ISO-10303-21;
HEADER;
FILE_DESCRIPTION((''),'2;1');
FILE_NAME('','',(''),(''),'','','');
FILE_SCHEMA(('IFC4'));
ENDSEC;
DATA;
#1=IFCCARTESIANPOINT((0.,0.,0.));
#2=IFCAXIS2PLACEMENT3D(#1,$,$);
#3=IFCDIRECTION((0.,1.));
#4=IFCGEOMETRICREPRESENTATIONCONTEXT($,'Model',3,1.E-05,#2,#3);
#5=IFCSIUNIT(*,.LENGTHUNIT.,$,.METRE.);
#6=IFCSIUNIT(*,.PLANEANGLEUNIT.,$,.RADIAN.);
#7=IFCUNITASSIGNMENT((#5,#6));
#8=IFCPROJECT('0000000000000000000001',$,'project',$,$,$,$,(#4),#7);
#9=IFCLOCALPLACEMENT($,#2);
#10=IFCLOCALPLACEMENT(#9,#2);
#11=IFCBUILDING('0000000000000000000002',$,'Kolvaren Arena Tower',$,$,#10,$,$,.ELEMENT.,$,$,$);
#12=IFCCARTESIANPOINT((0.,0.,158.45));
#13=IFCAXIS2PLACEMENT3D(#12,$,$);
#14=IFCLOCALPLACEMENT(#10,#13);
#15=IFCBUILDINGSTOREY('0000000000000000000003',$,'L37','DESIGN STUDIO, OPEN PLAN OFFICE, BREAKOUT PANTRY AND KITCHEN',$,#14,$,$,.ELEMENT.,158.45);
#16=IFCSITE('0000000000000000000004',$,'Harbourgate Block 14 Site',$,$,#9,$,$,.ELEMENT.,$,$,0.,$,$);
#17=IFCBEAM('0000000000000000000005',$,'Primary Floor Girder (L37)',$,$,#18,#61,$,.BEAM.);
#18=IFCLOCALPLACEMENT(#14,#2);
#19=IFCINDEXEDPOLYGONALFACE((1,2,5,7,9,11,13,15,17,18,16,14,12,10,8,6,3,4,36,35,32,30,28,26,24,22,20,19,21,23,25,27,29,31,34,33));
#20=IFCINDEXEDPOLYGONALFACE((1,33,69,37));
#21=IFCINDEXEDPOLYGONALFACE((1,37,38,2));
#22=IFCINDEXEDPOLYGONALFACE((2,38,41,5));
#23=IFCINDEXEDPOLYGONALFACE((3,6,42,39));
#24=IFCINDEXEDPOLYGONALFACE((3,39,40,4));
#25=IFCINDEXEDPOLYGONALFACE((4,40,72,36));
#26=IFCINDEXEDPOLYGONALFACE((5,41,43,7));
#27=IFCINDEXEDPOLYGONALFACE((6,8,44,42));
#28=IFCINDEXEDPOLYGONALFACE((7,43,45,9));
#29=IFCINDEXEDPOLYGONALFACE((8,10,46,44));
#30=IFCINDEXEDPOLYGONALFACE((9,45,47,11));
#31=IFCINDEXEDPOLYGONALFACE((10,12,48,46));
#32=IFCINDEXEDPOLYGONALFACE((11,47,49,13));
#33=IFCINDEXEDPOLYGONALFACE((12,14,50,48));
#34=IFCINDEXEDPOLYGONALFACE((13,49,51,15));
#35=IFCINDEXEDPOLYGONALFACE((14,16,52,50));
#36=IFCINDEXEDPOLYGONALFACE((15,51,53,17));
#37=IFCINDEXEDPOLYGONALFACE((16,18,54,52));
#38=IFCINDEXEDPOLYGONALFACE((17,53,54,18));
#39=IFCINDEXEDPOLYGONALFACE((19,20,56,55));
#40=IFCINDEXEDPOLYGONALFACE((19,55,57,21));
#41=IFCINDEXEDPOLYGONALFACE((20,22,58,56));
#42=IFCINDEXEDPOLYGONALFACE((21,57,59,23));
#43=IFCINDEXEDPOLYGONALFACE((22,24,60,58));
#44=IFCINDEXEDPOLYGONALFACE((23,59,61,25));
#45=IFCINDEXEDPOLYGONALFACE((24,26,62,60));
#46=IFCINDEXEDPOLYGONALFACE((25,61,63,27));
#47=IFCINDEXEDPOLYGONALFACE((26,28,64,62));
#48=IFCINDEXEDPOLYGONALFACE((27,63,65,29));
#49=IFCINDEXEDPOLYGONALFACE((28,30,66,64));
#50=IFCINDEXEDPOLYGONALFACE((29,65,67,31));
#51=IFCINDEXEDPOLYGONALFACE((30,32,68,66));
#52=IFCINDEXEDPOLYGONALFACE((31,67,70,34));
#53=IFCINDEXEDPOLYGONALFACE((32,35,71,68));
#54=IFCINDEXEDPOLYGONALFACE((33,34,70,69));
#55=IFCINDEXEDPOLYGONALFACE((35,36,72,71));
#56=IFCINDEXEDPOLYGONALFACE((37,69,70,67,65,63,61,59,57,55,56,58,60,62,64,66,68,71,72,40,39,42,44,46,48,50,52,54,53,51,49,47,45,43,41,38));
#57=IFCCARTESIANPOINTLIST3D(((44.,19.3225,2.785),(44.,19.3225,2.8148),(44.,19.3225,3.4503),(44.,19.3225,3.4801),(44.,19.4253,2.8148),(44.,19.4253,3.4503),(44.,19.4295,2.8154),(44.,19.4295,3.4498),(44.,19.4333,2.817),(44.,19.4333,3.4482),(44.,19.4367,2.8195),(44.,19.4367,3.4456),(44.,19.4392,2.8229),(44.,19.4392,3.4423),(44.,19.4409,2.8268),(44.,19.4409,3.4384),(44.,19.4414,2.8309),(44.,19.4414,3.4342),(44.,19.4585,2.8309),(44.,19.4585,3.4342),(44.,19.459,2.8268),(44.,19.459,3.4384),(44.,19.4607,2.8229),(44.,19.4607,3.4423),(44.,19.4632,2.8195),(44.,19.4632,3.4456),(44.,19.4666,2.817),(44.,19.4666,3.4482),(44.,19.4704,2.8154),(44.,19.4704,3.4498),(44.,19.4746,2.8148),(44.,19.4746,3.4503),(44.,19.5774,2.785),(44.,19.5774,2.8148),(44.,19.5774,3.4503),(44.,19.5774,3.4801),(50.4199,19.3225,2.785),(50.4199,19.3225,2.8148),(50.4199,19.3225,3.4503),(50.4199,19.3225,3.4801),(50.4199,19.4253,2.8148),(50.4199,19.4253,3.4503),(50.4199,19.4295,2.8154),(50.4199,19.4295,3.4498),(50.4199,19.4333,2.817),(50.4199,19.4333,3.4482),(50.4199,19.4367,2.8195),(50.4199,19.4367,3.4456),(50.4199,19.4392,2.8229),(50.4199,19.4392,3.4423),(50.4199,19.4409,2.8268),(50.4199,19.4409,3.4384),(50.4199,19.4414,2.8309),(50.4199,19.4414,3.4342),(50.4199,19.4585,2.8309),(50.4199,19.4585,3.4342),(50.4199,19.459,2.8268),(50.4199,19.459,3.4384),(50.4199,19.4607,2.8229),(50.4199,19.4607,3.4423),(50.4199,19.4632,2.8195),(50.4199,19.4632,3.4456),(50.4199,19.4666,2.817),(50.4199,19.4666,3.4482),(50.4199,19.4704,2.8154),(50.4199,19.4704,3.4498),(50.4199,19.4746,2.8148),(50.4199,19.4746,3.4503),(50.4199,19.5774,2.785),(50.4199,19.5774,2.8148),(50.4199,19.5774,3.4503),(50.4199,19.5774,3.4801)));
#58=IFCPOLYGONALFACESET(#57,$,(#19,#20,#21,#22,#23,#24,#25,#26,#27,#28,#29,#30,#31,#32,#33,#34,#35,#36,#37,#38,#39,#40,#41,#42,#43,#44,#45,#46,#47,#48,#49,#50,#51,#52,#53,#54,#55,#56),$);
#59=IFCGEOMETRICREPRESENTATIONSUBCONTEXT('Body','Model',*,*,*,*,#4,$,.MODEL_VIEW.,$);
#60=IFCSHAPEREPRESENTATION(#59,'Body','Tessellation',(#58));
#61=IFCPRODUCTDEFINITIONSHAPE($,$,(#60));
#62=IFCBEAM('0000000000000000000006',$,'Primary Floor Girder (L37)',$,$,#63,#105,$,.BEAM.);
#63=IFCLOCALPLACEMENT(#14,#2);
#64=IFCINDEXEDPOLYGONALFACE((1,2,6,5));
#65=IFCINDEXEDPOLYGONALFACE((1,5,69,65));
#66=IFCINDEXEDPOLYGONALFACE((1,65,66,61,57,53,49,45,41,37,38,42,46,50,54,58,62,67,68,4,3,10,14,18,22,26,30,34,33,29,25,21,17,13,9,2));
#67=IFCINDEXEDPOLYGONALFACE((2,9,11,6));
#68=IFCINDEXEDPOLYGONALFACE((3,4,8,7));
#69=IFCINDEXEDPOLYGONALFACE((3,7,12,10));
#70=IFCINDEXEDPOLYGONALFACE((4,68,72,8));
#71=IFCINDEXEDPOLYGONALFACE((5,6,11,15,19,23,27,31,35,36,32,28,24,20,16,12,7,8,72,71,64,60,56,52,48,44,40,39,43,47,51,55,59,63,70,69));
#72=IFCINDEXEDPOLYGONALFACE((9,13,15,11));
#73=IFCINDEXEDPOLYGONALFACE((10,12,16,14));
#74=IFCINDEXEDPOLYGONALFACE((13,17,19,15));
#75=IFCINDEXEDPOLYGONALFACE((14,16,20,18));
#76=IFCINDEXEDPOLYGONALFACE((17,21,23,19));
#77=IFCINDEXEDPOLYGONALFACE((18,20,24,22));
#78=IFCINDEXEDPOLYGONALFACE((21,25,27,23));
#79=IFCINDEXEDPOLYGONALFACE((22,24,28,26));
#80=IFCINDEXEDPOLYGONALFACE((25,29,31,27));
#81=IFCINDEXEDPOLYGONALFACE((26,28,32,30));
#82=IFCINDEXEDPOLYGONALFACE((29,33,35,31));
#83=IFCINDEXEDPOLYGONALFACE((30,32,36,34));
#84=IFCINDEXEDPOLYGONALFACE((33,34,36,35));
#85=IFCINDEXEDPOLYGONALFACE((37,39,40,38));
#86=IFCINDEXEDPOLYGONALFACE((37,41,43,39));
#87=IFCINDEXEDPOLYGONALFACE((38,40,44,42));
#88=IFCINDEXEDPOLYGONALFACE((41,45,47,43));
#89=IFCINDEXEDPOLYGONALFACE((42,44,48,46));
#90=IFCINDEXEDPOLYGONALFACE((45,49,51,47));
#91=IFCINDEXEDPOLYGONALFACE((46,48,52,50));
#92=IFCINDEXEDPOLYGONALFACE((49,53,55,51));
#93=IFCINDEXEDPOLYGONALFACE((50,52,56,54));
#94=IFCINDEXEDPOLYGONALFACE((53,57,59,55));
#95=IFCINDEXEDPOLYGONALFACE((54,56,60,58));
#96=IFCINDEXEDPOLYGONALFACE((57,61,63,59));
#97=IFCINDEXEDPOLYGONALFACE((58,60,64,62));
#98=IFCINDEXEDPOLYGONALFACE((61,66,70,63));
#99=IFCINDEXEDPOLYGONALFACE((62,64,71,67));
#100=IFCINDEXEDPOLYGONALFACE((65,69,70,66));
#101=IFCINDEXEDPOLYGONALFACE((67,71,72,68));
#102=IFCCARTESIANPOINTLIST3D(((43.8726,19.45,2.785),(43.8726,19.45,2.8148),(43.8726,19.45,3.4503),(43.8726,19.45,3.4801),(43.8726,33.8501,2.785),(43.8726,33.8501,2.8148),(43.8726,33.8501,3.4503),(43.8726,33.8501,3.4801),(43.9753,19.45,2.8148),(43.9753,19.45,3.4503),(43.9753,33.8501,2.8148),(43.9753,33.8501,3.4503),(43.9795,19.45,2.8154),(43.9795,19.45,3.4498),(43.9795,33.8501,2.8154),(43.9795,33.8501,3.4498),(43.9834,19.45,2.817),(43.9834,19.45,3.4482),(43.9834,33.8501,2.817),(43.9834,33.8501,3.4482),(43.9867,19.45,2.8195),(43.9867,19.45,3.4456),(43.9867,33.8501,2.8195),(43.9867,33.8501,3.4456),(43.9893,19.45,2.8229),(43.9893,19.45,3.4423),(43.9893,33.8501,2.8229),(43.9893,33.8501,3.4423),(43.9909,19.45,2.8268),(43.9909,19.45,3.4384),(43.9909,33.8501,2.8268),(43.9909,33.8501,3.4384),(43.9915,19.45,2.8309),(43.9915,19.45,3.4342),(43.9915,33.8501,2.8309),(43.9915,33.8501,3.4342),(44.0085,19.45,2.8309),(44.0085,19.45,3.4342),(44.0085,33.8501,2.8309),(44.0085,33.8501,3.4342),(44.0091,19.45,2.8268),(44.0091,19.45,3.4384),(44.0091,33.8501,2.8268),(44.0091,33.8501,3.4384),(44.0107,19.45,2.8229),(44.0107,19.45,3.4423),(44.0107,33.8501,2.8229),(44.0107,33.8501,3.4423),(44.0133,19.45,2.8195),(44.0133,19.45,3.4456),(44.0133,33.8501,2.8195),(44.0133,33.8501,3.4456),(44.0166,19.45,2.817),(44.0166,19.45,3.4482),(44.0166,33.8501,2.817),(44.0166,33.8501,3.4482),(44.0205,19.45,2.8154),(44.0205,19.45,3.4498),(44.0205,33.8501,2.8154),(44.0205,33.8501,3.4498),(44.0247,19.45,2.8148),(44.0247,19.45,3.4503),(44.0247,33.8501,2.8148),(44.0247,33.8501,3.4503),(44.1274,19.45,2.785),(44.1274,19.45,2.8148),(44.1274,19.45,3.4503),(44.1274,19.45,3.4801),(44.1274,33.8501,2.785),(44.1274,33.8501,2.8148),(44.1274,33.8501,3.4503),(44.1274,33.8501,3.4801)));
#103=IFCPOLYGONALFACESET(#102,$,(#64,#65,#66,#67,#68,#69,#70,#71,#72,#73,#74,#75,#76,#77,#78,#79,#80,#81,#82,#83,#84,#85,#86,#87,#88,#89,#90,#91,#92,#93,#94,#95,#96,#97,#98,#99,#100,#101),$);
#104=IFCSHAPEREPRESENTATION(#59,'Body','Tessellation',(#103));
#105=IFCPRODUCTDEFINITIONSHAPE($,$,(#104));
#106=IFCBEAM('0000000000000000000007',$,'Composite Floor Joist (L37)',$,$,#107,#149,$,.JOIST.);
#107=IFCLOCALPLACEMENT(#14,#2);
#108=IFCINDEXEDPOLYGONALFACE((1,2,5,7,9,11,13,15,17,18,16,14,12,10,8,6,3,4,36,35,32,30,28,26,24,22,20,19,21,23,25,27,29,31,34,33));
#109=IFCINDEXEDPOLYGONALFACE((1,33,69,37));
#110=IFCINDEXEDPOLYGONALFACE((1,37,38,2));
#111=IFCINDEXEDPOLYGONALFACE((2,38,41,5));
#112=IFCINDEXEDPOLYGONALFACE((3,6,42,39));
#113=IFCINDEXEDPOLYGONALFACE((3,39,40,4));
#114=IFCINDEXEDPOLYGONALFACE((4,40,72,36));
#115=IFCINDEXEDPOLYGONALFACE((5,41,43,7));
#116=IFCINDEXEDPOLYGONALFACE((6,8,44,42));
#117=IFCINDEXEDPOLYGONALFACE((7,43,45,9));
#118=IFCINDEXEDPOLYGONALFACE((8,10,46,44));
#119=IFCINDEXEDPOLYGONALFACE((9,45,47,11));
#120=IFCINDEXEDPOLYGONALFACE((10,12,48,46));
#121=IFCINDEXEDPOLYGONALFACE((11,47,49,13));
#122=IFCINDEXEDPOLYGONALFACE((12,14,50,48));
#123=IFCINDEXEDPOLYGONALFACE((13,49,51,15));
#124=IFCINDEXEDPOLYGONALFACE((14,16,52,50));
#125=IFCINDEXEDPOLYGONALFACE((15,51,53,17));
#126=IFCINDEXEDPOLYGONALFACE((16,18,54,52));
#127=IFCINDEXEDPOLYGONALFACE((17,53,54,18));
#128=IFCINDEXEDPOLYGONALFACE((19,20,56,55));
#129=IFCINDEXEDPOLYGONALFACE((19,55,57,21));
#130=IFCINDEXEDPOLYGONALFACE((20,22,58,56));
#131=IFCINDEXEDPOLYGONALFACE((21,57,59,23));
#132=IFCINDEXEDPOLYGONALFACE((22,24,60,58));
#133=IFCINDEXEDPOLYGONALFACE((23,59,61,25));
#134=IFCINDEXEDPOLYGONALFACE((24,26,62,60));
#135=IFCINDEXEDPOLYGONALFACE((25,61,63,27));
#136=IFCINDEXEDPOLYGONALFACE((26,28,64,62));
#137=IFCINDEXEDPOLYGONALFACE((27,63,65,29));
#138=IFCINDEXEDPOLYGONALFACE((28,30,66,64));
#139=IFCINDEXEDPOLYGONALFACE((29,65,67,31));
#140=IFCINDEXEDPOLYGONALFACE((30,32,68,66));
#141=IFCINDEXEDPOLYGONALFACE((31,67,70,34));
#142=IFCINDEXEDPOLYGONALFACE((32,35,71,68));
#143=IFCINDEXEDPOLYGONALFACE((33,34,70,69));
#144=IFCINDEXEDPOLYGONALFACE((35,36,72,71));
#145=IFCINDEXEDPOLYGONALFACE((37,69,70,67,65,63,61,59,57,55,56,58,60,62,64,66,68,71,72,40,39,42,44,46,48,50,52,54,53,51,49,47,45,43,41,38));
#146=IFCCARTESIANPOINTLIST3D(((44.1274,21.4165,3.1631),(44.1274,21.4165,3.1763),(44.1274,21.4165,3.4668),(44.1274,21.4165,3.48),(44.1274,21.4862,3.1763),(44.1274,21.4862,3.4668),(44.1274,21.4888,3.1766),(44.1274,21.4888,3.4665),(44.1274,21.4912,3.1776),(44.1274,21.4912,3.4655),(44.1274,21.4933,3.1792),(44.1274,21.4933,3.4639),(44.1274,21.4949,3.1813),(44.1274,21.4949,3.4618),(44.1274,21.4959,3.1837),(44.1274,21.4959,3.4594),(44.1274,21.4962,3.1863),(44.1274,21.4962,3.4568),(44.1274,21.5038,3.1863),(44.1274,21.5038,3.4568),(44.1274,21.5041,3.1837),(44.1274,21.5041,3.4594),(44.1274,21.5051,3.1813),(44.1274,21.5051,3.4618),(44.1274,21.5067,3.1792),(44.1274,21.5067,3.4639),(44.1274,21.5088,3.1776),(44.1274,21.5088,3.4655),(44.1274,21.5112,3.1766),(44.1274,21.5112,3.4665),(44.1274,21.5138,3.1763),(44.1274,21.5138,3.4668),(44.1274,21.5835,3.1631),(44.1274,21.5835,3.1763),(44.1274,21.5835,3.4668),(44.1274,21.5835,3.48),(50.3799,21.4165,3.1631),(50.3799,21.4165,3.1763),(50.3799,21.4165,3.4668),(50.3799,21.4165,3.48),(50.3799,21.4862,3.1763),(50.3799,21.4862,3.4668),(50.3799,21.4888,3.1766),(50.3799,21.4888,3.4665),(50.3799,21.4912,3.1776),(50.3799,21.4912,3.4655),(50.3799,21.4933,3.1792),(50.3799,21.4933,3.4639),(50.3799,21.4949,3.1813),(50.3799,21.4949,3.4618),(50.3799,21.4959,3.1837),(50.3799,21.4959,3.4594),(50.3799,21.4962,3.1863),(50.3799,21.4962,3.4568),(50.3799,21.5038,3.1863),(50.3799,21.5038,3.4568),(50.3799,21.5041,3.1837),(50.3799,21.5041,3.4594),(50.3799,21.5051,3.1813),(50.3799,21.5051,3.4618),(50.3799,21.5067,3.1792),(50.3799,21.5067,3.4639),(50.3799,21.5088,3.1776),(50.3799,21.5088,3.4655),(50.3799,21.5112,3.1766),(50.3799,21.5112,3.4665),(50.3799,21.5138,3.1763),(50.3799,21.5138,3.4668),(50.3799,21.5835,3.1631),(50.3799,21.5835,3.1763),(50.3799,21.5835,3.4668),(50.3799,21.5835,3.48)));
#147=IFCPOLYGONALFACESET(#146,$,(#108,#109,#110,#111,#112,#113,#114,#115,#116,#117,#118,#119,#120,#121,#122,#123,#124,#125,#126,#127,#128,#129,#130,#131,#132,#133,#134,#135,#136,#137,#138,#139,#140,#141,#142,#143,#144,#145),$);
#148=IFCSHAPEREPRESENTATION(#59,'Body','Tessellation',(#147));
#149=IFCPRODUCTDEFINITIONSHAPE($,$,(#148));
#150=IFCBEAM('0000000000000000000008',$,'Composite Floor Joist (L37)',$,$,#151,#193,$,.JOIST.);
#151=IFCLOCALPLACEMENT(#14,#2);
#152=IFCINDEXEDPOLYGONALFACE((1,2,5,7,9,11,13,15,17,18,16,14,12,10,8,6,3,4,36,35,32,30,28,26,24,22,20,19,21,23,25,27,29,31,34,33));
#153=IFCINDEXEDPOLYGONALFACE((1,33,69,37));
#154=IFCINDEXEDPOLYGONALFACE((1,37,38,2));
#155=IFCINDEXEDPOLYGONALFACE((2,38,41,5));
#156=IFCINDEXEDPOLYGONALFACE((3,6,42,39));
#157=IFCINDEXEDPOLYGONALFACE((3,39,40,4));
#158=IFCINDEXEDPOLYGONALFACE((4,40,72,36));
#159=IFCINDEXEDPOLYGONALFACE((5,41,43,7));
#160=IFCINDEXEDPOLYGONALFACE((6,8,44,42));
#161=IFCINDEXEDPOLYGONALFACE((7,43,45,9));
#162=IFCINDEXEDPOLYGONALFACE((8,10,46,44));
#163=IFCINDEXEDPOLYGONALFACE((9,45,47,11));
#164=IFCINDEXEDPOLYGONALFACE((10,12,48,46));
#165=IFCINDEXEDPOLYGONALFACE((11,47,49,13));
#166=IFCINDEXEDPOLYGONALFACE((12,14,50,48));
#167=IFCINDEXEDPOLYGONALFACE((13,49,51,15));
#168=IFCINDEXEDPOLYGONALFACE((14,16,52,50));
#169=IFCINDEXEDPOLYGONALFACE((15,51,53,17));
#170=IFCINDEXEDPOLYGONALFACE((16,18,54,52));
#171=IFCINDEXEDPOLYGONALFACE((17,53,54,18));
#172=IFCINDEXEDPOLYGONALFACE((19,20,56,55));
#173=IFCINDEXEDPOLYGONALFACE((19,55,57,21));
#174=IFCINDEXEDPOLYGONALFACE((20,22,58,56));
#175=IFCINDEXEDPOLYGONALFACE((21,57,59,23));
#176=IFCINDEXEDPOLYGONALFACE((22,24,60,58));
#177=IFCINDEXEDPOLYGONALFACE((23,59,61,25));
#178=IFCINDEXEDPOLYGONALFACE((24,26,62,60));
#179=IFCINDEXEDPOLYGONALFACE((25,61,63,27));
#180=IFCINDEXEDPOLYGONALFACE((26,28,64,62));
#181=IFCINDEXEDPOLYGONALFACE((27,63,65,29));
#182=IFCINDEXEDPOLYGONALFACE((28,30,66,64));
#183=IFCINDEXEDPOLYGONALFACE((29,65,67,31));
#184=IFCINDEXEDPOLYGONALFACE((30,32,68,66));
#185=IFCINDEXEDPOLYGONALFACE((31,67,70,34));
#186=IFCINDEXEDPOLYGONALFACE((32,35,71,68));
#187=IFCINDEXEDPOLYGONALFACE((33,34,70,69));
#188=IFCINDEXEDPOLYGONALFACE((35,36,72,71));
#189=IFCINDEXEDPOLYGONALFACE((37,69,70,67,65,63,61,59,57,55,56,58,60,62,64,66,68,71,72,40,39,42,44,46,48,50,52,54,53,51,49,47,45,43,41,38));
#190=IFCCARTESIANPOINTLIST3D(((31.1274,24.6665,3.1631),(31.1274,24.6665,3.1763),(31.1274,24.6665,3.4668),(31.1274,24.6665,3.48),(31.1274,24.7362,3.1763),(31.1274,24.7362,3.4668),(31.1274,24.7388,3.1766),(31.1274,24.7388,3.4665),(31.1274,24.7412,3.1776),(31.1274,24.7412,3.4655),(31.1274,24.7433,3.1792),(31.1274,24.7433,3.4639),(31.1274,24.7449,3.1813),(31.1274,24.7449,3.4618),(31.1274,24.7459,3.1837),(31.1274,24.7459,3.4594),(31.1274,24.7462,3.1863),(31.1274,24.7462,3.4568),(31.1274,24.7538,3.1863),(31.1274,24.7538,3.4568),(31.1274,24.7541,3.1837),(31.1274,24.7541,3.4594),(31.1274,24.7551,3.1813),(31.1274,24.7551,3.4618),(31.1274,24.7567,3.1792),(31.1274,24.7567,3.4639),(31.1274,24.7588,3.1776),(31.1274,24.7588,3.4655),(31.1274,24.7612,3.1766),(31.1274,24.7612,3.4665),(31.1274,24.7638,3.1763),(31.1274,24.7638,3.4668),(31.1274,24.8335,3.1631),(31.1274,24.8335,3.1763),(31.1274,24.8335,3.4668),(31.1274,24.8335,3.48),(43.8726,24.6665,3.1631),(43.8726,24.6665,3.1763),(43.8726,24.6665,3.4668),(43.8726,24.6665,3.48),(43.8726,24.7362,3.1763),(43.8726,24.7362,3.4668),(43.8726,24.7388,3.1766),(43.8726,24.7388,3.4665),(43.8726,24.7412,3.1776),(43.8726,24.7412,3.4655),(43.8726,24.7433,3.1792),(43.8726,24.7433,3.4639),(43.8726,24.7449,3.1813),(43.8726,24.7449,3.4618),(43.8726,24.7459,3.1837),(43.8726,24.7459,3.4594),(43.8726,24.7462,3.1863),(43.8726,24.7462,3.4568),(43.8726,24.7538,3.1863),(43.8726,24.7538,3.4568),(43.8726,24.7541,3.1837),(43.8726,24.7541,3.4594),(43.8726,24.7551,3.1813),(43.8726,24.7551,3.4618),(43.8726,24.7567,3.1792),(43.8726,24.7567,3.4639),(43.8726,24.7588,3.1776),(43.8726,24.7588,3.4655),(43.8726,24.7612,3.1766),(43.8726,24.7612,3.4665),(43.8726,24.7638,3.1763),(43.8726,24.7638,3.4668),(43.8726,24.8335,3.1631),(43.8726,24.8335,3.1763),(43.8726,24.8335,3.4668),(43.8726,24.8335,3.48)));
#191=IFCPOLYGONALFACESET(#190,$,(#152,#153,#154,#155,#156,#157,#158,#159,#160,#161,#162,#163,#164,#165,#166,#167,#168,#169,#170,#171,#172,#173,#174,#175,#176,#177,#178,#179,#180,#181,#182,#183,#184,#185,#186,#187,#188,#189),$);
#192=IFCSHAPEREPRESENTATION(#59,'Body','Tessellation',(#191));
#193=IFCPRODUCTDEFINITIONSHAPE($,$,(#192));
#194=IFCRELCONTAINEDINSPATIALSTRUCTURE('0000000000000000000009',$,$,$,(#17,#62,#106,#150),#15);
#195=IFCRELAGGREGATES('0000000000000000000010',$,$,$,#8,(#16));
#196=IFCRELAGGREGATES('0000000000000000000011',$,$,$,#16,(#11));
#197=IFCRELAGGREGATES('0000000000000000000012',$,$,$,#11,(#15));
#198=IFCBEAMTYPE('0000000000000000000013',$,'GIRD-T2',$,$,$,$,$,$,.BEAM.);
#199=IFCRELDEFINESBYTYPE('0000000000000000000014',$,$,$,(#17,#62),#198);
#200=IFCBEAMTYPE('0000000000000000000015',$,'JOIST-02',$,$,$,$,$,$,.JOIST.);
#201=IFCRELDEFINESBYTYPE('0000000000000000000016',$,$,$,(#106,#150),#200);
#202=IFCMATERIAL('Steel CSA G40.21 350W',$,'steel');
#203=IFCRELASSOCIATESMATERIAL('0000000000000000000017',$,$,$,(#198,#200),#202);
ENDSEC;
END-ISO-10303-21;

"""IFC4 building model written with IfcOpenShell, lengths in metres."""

from ifc_helpers import new_model, si_unit, direction, frame, origin, origin_2d, place, context, subcontext, project, spatial, i_section, extrude, material, material_profile, profile_set, type_object, element, save


model = new_model("IFC4")

# Units and contexts
model_context = context("Model", 3, precision=1e-05, world=origin(), true_north=direction((0.0, 1.0)))
body_context = subcontext(model_context, "Body", "Model", "MODEL_VIEW")
ifc_project = project(units=[si_unit("LENGTHUNIT", "METRE"), si_unit("PLANEANGLEUNIT", "RADIAN")], contexts=[model_context])

# Site, building, storey
site_placement = place(None, origin())
site = spatial("IfcSite", under=ifc_project, at=site_placement, Name="Harbourgate Block 14 Site", CompositionType="ELEMENT", RefElevation=0.0)
building_placement = place(site_placement, origin())
building = spatial("IfcBuilding", under=site, at=building_placement, Name="Kolvaren Arena Tower", CompositionType="ELEMENT")
storey_placement = place(building_placement, frame((0.0, 0.0, 158.45)))
storey = spatial("IfcBuildingStorey", under=building, at=storey_placement, Name="L37", Description="DESIGN STUDIO, OPEN PLAN OFFICE, BREAKOUT PANTRY AND KITCHEN", CompositionType="ELEMENT", Elevation=158.45)

# Beams
ifc_material_1 = material(Name="Steel CSA G40.21 350W", Category="steel")
ifc_material_profile_1 = material_profile(ifc_material_1, i_section(OverallWidth=0.2549, OverallDepth=0.6951, WebThickness=0.0171, FlangeThickness=0.0298, FilletRadius=0.0161, at=origin_2d()), Name="W690x217")
ifc_profile_set_1 = profile_set([ifc_material_profile_1], Name="Steel CSA G40.21 350W")
beam_type_1 = type_object("IfcBeamType", Name="GIRD-T2", PredefinedType="BEAM", material=ifc_profile_set_1)
beam_1_placement = place(storey_placement, frame((44.0, 19.45, 3.1326), z_axis=(1.0, 0.0, 0.0), x_axis=(0.0, 1.0, 0.0)))
element("IfcBeam", 1, at=beam_1_placement, inside=storey, type_object=beam_type_1, Name="Primary Floor Girder (L37)", PredefinedType="BEAM", context=body_context, shape_type="SweptSolid", body=[
    extrude(i_section(OverallWidth=0.2549, OverallDepth=0.6951, WebThickness=0.0171, FlangeThickness=0.0298, FilletRadius=0.0161, at=origin_2d()), origin(), (0.0, 0.0, 1.0), 6.4199),
])
beam_2_placement = place(storey_placement, frame((44.0, 19.45, 3.1326), z_axis=(0.0, 1.0, 0.0), x_axis=(-1.0, 0.0, 0.0)))
element("IfcBeam", 2, at=beam_2_placement, inside=storey, type_object=beam_type_1, Name="Primary Floor Girder (L37)", PredefinedType="BEAM", context=body_context, shape_type="SweptSolid", body=[
    extrude(i_section(OverallWidth=0.2549, OverallDepth=0.6951, WebThickness=0.0171, FlangeThickness=0.0298, FilletRadius=0.0161, at=origin_2d()), origin(), (0.0, 0.0, 1.0), 14.4001),
])
ifc_material_profile_2 = material_profile(ifc_material_1, i_section(OverallWidth=0.167, OverallDepth=0.3169, WebThickness=0.0076, FlangeThickness=0.0132, FilletRadius=0.01, at=origin_2d()), Name="W310x52")
ifc_profile_set_2 = profile_set([ifc_material_profile_2], Name="Steel CSA G40.21 350W")
beam_type_2 = type_object("IfcBeamType", Name="JOIST-02", PredefinedType="JOIST", material=ifc_profile_set_2)
beam_3_placement = place(storey_placement, frame((44.1274, 21.5, 3.3215), z_axis=(1.0, 0.0, 0.0), x_axis=(0.0, 1.0, 0.0)))
element("IfcBeam", 3, at=beam_3_placement, inside=storey, type_object=beam_type_2, Name="Composite Floor Joist (L37)", PredefinedType="JOIST", context=body_context, shape_type="SweptSolid", body=[
    extrude(i_section(OverallWidth=0.167, OverallDepth=0.3169, WebThickness=0.0076, FlangeThickness=0.0132, FilletRadius=0.01, at=origin_2d()), origin(), (0.0, 0.0, 1.0), 6.2524),
])
beam_4_placement = place(storey_placement, frame((31.1274, 24.75, 3.3215), z_axis=(1.0, 0.0, 0.0), x_axis=(0.0, 1.0, 0.0)))
element("IfcBeam", 4, at=beam_4_placement, inside=storey, type_object=beam_type_2, Name="Composite Floor Joist (L37)", PredefinedType="JOIST", context=body_context, shape_type="SweptSolid", body=[
    extrude(i_section(OverallWidth=0.167, OverallDepth=0.3169, WebThickness=0.0076, FlangeThickness=0.0132, FilletRadius=0.01, at=origin_2d()), origin(), (0.0, 0.0, 1.0), 12.7451),
])

save(model, "model.ifc")
